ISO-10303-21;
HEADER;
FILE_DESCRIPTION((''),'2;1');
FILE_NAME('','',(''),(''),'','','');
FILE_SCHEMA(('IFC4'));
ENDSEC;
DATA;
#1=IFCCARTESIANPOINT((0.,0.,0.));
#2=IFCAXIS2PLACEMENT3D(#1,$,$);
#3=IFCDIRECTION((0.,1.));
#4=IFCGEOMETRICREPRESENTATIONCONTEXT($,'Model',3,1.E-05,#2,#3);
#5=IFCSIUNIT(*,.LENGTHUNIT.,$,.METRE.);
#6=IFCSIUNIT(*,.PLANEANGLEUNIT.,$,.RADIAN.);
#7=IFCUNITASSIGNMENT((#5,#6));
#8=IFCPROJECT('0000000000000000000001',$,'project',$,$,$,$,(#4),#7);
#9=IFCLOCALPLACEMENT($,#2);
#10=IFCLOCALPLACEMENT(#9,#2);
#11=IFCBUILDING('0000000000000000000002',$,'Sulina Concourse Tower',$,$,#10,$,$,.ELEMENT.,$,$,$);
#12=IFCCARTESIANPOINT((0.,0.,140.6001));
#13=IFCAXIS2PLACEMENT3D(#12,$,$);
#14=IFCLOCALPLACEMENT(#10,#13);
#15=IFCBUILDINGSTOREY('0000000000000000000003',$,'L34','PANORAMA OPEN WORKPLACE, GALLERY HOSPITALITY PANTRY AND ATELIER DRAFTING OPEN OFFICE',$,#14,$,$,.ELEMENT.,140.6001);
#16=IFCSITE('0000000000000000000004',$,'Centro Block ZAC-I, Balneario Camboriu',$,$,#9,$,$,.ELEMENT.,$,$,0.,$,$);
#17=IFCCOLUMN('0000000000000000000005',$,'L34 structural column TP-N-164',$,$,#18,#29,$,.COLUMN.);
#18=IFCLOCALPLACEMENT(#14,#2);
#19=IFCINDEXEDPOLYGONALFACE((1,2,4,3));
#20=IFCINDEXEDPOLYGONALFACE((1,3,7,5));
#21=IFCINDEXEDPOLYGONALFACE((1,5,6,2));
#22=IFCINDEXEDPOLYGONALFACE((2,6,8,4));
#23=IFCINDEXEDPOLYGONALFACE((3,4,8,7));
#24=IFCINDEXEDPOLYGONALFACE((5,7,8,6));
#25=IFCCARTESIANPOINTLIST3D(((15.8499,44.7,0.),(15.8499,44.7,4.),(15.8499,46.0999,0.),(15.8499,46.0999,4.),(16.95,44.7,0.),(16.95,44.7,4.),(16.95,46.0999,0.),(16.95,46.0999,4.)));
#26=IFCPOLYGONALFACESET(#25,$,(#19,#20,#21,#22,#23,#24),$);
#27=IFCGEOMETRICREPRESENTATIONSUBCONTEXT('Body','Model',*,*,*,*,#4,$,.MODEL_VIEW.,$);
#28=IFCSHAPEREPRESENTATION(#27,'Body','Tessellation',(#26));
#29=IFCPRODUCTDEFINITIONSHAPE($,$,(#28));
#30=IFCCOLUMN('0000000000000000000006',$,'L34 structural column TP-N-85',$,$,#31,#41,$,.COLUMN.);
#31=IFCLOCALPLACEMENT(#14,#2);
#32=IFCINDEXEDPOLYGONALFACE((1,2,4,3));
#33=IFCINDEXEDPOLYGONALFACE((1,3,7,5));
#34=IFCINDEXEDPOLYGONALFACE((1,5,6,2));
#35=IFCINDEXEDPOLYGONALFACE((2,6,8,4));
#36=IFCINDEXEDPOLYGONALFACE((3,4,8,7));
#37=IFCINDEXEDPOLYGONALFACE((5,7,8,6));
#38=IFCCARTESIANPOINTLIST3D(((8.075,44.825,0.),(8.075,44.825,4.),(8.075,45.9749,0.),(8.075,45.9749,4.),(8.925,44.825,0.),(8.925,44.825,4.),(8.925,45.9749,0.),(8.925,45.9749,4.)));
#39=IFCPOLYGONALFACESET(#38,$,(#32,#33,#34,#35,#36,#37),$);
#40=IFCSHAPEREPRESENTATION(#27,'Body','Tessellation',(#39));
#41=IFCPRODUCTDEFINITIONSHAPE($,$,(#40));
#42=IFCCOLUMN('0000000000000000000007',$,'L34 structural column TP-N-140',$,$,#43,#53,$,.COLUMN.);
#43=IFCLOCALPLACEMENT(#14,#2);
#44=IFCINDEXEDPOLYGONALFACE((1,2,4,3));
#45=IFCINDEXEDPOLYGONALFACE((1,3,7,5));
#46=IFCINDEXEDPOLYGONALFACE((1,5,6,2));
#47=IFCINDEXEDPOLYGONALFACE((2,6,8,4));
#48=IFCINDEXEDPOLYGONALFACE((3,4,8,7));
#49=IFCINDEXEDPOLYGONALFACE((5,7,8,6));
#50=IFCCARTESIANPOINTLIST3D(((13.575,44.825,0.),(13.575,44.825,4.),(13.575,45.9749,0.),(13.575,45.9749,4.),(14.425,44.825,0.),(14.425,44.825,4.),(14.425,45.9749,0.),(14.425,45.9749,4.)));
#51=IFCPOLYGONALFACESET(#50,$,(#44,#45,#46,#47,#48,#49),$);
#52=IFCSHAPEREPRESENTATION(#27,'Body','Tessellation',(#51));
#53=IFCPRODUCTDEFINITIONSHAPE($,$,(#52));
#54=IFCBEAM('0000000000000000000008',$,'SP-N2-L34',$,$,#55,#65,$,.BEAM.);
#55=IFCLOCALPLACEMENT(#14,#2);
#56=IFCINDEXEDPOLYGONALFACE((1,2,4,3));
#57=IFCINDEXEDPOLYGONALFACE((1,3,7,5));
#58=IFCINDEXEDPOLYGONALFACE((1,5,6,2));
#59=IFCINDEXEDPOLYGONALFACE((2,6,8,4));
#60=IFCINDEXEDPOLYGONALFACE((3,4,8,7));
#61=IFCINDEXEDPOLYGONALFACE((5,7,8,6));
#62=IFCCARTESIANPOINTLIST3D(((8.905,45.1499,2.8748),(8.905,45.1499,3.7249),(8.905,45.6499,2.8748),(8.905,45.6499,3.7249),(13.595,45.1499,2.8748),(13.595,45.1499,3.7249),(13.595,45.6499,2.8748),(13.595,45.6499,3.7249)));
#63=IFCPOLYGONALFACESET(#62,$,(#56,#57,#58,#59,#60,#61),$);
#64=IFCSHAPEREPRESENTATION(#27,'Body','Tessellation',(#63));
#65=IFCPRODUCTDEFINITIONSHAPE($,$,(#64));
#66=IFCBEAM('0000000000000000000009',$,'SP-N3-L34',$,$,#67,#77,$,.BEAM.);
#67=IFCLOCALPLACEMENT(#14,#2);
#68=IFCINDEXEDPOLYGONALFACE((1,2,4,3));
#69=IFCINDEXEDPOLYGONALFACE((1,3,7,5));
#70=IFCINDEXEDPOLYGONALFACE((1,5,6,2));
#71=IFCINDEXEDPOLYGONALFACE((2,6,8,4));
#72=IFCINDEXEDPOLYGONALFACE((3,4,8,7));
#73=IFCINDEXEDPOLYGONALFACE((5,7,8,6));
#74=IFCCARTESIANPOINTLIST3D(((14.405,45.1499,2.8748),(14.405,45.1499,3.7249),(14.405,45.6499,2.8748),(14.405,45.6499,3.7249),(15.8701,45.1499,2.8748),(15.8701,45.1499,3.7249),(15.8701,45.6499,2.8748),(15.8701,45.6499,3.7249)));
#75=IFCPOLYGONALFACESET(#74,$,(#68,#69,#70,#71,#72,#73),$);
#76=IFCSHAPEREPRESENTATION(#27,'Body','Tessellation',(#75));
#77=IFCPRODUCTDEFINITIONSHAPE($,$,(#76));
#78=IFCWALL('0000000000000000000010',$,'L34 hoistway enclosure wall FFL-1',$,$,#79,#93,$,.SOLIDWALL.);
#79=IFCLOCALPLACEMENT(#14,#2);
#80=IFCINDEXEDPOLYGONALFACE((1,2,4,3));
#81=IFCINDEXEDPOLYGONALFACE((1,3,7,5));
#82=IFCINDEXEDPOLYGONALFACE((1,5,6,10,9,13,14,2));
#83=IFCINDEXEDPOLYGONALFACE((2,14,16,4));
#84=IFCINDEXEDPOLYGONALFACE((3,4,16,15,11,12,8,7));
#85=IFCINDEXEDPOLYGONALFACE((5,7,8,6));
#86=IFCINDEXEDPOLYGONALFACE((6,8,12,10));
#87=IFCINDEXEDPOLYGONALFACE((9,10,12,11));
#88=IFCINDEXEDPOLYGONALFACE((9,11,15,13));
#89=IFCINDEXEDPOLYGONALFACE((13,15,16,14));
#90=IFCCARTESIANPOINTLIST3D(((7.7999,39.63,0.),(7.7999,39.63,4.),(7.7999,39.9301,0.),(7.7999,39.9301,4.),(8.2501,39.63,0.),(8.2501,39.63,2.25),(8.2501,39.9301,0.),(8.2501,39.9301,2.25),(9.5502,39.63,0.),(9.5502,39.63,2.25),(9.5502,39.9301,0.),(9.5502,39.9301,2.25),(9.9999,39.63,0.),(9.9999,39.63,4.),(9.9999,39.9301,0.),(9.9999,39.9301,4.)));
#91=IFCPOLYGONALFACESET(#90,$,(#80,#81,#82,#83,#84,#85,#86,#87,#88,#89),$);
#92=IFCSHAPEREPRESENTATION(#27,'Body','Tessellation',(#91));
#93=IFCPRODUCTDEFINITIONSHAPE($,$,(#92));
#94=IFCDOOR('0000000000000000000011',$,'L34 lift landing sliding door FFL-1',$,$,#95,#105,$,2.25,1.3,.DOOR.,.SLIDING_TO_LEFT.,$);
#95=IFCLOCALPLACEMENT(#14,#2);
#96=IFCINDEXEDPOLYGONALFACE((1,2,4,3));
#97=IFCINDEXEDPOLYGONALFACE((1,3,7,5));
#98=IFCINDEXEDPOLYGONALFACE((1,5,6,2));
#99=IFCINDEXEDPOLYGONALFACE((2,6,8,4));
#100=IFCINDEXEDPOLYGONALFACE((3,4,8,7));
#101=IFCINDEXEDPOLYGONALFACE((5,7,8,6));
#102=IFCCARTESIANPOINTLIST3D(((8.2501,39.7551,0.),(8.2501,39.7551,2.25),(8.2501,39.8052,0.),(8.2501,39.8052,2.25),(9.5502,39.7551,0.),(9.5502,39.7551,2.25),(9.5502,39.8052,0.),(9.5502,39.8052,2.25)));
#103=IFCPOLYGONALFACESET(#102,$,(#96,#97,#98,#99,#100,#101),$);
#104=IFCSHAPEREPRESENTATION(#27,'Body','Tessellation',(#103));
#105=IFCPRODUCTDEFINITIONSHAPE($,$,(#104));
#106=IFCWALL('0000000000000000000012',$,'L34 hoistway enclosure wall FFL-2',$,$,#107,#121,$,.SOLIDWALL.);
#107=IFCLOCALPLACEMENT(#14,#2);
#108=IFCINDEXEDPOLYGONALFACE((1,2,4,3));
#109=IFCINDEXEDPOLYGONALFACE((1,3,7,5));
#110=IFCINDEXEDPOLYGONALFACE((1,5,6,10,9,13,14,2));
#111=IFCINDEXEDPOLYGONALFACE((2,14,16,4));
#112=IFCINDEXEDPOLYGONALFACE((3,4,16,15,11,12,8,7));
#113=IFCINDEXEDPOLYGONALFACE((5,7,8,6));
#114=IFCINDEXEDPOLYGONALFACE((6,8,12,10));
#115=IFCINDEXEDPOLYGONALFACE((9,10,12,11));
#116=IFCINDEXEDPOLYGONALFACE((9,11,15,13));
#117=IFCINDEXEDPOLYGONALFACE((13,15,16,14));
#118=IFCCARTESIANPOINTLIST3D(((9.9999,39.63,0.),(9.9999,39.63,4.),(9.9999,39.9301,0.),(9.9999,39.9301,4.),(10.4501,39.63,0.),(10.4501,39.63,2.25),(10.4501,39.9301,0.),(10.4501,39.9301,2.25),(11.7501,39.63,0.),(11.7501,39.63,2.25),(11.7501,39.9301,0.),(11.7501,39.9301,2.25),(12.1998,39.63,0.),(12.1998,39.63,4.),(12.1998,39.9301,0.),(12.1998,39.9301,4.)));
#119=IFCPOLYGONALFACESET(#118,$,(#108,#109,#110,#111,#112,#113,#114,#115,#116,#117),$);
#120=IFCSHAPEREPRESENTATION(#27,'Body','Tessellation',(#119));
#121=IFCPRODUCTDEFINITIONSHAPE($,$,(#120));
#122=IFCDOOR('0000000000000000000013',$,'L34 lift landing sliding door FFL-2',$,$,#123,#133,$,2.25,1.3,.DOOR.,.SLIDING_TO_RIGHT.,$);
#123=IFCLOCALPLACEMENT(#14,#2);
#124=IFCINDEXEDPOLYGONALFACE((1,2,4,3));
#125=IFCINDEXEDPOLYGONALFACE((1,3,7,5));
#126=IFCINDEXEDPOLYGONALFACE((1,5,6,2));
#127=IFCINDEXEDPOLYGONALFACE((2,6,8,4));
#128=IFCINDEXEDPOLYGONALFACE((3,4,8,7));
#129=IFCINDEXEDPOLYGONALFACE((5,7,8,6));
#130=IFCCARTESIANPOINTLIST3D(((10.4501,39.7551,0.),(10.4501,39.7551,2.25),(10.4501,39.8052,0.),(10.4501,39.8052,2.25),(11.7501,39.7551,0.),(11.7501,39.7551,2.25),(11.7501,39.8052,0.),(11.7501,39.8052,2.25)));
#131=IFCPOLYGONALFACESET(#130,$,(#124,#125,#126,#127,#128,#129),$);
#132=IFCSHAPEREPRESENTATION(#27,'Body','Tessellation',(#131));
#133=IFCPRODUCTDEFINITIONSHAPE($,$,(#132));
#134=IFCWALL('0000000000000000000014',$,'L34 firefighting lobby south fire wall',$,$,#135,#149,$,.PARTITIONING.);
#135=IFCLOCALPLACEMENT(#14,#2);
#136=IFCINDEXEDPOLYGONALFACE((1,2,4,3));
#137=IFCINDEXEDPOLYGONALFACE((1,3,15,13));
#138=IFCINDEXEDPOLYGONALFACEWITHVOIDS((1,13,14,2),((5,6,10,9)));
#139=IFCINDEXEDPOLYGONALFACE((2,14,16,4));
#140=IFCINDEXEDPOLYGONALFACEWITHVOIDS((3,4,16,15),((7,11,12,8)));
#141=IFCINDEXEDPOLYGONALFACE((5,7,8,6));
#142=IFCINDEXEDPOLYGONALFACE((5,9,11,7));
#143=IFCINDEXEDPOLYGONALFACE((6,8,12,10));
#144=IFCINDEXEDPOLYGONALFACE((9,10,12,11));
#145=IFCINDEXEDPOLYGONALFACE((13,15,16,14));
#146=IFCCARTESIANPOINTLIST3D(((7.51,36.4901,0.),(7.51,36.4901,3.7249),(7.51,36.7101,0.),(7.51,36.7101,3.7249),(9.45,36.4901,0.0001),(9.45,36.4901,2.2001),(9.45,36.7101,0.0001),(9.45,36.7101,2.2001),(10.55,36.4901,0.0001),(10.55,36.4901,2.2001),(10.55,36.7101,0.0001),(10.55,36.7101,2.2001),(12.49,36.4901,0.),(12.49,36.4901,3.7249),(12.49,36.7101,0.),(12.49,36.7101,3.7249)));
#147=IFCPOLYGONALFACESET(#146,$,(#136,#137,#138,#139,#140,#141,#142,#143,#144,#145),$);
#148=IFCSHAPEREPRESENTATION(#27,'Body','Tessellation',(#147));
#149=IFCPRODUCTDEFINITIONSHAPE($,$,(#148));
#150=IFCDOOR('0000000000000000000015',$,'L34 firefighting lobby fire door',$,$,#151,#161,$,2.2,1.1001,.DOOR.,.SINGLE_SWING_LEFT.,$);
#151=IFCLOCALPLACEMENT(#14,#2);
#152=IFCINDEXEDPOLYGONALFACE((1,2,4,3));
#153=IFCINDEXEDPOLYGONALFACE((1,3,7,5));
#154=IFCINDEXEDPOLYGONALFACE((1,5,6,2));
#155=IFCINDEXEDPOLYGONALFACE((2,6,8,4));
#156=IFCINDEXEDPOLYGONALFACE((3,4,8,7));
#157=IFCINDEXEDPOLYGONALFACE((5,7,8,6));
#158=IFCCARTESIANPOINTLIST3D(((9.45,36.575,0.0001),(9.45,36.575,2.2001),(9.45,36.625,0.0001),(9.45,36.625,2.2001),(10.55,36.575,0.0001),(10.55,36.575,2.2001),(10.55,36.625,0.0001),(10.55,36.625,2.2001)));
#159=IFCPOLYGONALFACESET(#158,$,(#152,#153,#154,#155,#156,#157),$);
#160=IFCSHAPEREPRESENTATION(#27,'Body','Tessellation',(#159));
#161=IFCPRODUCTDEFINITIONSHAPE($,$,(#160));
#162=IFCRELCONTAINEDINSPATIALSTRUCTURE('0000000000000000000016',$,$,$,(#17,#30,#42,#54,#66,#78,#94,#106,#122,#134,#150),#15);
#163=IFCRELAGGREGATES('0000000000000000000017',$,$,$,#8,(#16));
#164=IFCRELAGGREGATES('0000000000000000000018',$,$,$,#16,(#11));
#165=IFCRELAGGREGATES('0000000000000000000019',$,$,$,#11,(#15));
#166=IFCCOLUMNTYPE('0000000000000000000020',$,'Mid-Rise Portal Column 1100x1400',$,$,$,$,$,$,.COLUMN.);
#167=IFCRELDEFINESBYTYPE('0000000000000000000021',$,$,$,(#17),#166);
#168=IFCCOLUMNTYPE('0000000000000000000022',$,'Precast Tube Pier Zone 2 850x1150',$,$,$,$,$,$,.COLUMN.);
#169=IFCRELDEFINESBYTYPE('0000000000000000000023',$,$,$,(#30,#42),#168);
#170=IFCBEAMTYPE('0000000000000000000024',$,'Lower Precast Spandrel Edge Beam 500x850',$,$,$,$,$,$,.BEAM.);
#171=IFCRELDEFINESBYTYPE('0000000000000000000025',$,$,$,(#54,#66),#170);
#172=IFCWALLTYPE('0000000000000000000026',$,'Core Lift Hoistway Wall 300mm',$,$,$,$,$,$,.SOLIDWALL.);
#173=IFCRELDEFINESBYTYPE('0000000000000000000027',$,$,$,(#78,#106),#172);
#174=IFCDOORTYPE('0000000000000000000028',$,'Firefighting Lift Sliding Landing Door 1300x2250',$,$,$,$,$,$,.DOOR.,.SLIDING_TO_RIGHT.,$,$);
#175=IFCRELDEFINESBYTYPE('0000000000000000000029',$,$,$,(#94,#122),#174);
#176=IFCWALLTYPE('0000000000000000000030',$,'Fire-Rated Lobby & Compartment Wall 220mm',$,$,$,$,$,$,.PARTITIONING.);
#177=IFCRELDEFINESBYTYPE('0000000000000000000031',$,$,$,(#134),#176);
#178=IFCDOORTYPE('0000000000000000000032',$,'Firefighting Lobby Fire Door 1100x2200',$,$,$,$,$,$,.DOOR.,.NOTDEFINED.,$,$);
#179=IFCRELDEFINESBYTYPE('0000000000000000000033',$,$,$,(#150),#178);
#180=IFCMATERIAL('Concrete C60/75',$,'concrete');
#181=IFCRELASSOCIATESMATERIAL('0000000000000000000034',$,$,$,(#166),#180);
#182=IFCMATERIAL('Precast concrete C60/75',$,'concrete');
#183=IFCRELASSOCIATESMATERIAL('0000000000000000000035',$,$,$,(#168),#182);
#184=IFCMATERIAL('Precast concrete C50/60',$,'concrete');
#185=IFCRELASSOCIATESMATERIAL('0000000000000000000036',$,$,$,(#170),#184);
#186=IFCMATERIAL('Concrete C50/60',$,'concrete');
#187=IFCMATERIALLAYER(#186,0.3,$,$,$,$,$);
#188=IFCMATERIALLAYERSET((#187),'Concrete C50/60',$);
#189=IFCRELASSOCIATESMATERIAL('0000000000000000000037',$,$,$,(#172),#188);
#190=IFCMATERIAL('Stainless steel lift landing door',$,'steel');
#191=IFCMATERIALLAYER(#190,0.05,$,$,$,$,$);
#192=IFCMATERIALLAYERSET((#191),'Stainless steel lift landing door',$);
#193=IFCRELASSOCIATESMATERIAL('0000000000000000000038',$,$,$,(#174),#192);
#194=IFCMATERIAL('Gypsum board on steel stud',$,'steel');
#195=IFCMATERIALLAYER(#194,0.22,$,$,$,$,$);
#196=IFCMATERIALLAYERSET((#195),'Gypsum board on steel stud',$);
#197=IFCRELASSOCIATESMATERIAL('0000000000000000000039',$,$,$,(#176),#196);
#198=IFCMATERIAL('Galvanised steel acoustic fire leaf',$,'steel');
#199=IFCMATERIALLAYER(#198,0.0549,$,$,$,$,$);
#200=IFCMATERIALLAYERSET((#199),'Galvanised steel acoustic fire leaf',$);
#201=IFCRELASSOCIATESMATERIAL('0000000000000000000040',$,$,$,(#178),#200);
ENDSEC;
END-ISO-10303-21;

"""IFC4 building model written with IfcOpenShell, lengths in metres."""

from ifc_helpers import new_model, si_unit, direction, frame, frame_2d, origin, origin_2d, place, context, subcontext, project, spatial, rectangle, extrude, material, layer, layer_set, material_profile, profile_set, type_object, element, fill, save


model = new_model("IFC4")

# Units and contexts
model_context = context("Model", 3, precision=1e-05, world=origin(), true_north=direction((0.0, 1.0)))
body_context = subcontext(model_context, "Body", "Model", "MODEL_VIEW")
ifc_project = project(units=[si_unit("LENGTHUNIT", "METRE"), si_unit("PLANEANGLEUNIT", "RADIAN")], contexts=[model_context])

# Site, building, storey
site_placement = place(None, origin())
site = spatial("IfcSite", under=ifc_project, at=site_placement, Name="Centro Block ZAC-I, Balneario Camboriu", CompositionType="ELEMENT", RefElevation=0.0)
building_placement = place(site_placement, origin())
building = spatial("IfcBuilding", under=site, at=building_placement, Name="Sulina Concourse Tower", CompositionType="ELEMENT")
storey_placement = place(building_placement, frame((0.0, 0.0, 140.6001)))
storey = spatial("IfcBuildingStorey", under=building, at=storey_placement, Name="L34", Description="PANORAMA OPEN WORKPLACE, GALLERY HOSPITALITY PANTRY AND ATELIER DRAFTING OPEN OFFICE", CompositionType="ELEMENT", Elevation=140.6001)

# Columns
ifc_material_1 = material(Name="Concrete C60/75", Category="concrete")
ifc_material_profile_1 = material_profile(ifc_material_1, rectangle(XDim=1.1001, YDim=1.3999, at=origin_2d()), Name="RC 1100x1400")
ifc_profile_set_1 = profile_set([ifc_material_profile_1], Name="Concrete C60/75")
column_type_1 = type_object("IfcColumnType", Name="Mid-Rise Portal Column 1100x1400", PredefinedType="COLUMN", material=ifc_profile_set_1)
column_placement = place(storey_placement, frame((16.3999, 45.3999, 0.0), z_axis=(0.0, 0.0, 1.0), x_axis=(1.0, 0.0, 0.0)))
element("IfcColumn", 1, at=column_placement, inside=storey, type_object=column_type_1, Name="L34 structural column TP-N-164", PredefinedType="COLUMN", context=body_context, shape_type="SweptSolid", body=[
    extrude(rectangle(XDim=1.1001, YDim=1.3999, at=origin_2d()), origin(), (0.0, 0.0, 1.0), 4.0),
])
ifc_material_2 = material(Name="Precast concrete C60/75", Category="concrete")
ifc_material_profile_2 = material_profile(ifc_material_2, rectangle(XDim=0.8501, YDim=1.1499, at=origin_2d()), Name="PC 850x1150")
ifc_profile_set_2 = profile_set([ifc_material_profile_2], Name="Precast concrete C60/75")
column_type_2 = type_object("IfcColumnType", Name="Precast Tube Pier Zone 2 850x1150", PredefinedType="COLUMN", material=ifc_profile_set_2)
for number, where, z_axis, x_axis, name in (
    (2, (8.5, 45.3999, 0.0), (0.0, 0.0, 1.0), (1.0, 0.0, 0.0), "L34 structural column TP-N-85"),
    (3, (14.0, 45.3999, 0.0), (0.0, 0.0, 1.0), (1.0, 0.0, 0.0), "L34 structural column TP-N-140"),
):
    element("IfcColumn", number, at=place(storey_placement, frame(where, z_axis=z_axis, x_axis=x_axis)), inside=storey, type_object=column_type_2, Name=name, PredefinedType="COLUMN", context=body_context, shape_type="SweptSolid", body=[
        extrude(rectangle(XDim=0.8501, YDim=1.1499, at=origin_2d()), origin(), (0.0, 0.0, 1.0), 4.0),
    ])

# Beams
ifc_material_3 = material(Name="Precast concrete C50/60", Category="concrete")
ifc_material_profile_3 = material_profile(ifc_material_3, rectangle(XDim=0.5, YDim=0.8501, at=origin_2d()), Name="RC 500x850")
ifc_profile_set_3 = profile_set([ifc_material_profile_3], Name="Precast concrete C50/60")
beam_type = type_object("IfcBeamType", Name="Lower Precast Spandrel Edge Beam 500x850", PredefinedType="BEAM", material=ifc_profile_set_3)
beam_1_placement = place(storey_placement, frame((8.905, 45.3999, 3.2998), z_axis=(1.0, 0.0, 0.0), x_axis=(0.0, 1.0, 0.0)))
element("IfcBeam", 4, at=beam_1_placement, inside=storey, type_object=beam_type, Name="SP-N2-L34", PredefinedType="BEAM", context=body_context, shape_type="SweptSolid", body=[
    extrude(rectangle(XDim=0.5, YDim=0.8501, at=origin_2d()), origin(), (0.0, 0.0, 1.0), 4.6899),
])
beam_2_placement = place(storey_placement, frame((14.405, 45.3999, 3.2998), z_axis=(1.0, 0.0, 0.0), x_axis=(0.0, 1.0, 0.0)))
element("IfcBeam", 5, at=beam_2_placement, inside=storey, type_object=beam_type, Name="SP-N3-L34", PredefinedType="BEAM", context=body_context, shape_type="SweptSolid", body=[
    extrude(rectangle(XDim=0.5, YDim=0.8501, at=origin_2d()), origin(), (0.0, 0.0, 1.0), 1.4651),
])

# Walls, openings, doors
ifc_material_4 = material(Name="Concrete C50/60", Category="concrete")
ifc_layer_1 = layer(ifc_material_4, 0.3)
ifc_layer_set_1 = layer_set([ifc_layer_1], Name="Concrete C50/60")
wall_type_1 = type_object("IfcWallType", Name="Core Lift Hoistway Wall 300mm", PredefinedType="SOLIDWALL", material=ifc_layer_set_1)
wall_1_placement = place(storey_placement, frame((10.0, 39.78, 0.0), z_axis=(0.0, 0.0, 1.0), x_axis=(-1.0, 0.0, 0.0)))
wall_1 = element("IfcWall", 6, at=wall_1_placement, inside=storey, type_object=wall_type_1, Name="L34 hoistway enclosure wall FFL-1", PredefinedType="SOLIDWALL", context=body_context, shape_type="SweptSolid", body=[
    extrude(rectangle(XDim=2.2, YDim=0.3, at=frame_2d((1.1001, 0.0))), origin(), (0.0, 0.0, 1.0), 4.0),
])
opening_1_placement = place(wall_1_placement, frame((0.45, 0.0, 0.0)))
opening_1 = element("IfcOpeningElement", 7, at=opening_1_placement, cuts=wall_1, PredefinedType="OPENING", context=body_context, shape_type="SweptSolid", body=[
    extrude(rectangle(XDim=1.3, YDim=2.25, at=frame_2d((0.6499, 1.125))), frame((0.0, 0.1599, 0.0), z_axis=(0.0, -1.0, 0.0), x_axis=(1.0, 0.0, 0.0)), (0.0, 0.0, 1.0), 0.3201),
])
ifc_material_5 = material(Name="Stainless steel lift landing door", Category="steel")
ifc_layer_2 = layer(ifc_material_5, 0.05)
ifc_layer_set_2 = layer_set([ifc_layer_2], Name="Stainless steel lift landing door")
door_type_1 = type_object("IfcDoorType", Name="Firefighting Lift Sliding Landing Door 1300x2250", OperationType="SLIDING_TO_RIGHT", PredefinedType="DOOR", material=ifc_layer_set_2)
door_1_placement = place(opening_1_placement, origin())
door_1 = element("IfcDoor", 8, at=door_1_placement, inside=storey, type_object=door_type_1, Name="L34 lift landing sliding door FFL-1", OperationType="SLIDING_TO_LEFT", OverallHeight=2.25, OverallWidth=1.3, PredefinedType="DOOR", context=body_context, shape_type="SweptSolid", body=[
    extrude(rectangle(XDim=1.3, YDim=2.25, at=frame_2d((0.6499, 1.125))), frame((0.0, 0.0249, 0.0), z_axis=(0.0, -1.0, 0.0), x_axis=(1.0, 0.0, 0.0)), (0.0, 0.0, 1.0), 0.05),
])
fill(opening_1, door_1)
wall_2_placement = place(storey_placement, frame((12.2, 39.78, 0.0), z_axis=(0.0, 0.0, 1.0), x_axis=(-1.0, 0.0, 0.0)))
wall_2 = element("IfcWall", 9, at=wall_2_placement, inside=storey, type_object=wall_type_1, Name="L34 hoistway enclosure wall FFL-2", PredefinedType="SOLIDWALL", context=body_context, shape_type="SweptSolid", body=[
    extrude(rectangle(XDim=2.2, YDim=0.3, at=frame_2d((1.1001, 0.0))), origin(), (0.0, 0.0, 1.0), 4.0),
])
opening_2_placement = place(wall_2_placement, frame((0.45, 0.0, 0.0)))
opening_2 = element("IfcOpeningElement", 10, at=opening_2_placement, cuts=wall_2, PredefinedType="OPENING", context=body_context, shape_type="SweptSolid", body=[
    extrude(rectangle(XDim=1.3, YDim=2.25, at=frame_2d((0.6499, 1.125))), frame((0.0, 0.1599, 0.0), z_axis=(0.0, -1.0, 0.0), x_axis=(1.0, 0.0, 0.0)), (0.0, 0.0, 1.0), 0.3201),
])
door_2_placement = place(opening_2_placement, origin())
door_2 = element("IfcDoor", 11, at=door_2_placement, inside=storey, type_object=door_type_1, Name="L34 lift landing sliding door FFL-2", OperationType="SLIDING_TO_RIGHT", OverallHeight=2.25, OverallWidth=1.3, PredefinedType="DOOR", context=body_context, shape_type="SweptSolid", body=[
    extrude(rectangle(XDim=1.3, YDim=2.25, at=frame_2d((0.6499, 1.125))), frame((0.0, 0.0249, 0.0), z_axis=(0.0, -1.0, 0.0), x_axis=(1.0, 0.0, 0.0)), (0.0, 0.0, 1.0), 0.05),
])
fill(opening_2, door_2)
ifc_material_6 = material(Name="Gypsum board on steel stud", Category="steel")
ifc_layer_3 = layer(ifc_material_6, 0.22)
ifc_layer_set_3 = layer_set([ifc_layer_3], Name="Gypsum board on steel stud")
wall_type_2 = type_object("IfcWallType", Name="Fire-Rated Lobby & Compartment Wall 220mm", PredefinedType="PARTITIONING", material=ifc_layer_set_3)
wall_3_placement = place(storey_placement, frame((7.51, 36.6001, 0.0), z_axis=(0.0, 0.0, 1.0), x_axis=(1.0, 0.0, 0.0)))
wall_3 = element("IfcWall", 12, at=wall_3_placement, inside=storey, type_object=wall_type_2, Name="L34 firefighting lobby south fire wall", PredefinedType="PARTITIONING", context=body_context, shape_type="SweptSolid", body=[
    extrude(rectangle(XDim=4.98, YDim=0.22, at=frame_2d((2.49, 0.0))), origin(), (0.0, 0.0, 1.0), 3.7249),
])
opening_3_placement = place(wall_3_placement, frame((1.9399, 0.0, 0.0)))
opening_3 = element("IfcOpeningElement", 13, at=opening_3_placement, cuts=wall_3, PredefinedType="OPENING", context=body_context, shape_type="SweptSolid", body=[
    extrude(rectangle(XDim=1.1001, YDim=2.2, at=frame_2d((0.55, 1.1001))), frame((0.0, 0.1199, 0.0), z_axis=(0.0, -1.0, 0.0), x_axis=(1.0, 0.0, 0.0)), (0.0, 0.0, 1.0), 0.24),
])
ifc_material_7 = material(Name="Galvanised steel acoustic fire leaf", Category="steel")
ifc_layer_4 = layer(ifc_material_7, 0.0549)
ifc_layer_set_4 = layer_set([ifc_layer_4], Name="Galvanised steel acoustic fire leaf")
door_type_2 = type_object("IfcDoorType", Name="Firefighting Lobby Fire Door 1100x2200", OperationType="NOTDEFINED", PredefinedType="DOOR", material=ifc_layer_set_4)
door_3_placement = place(opening_3_placement, origin())
door_3 = element("IfcDoor", 14, at=door_3_placement, inside=storey, type_object=door_type_2, Name="L34 firefighting lobby fire door", OperationType="SINGLE_SWING_LEFT", OverallHeight=2.2, OverallWidth=1.1001, PredefinedType="DOOR", context=body_context, shape_type="SweptSolid", body=[
    extrude(rectangle(XDim=1.1001, YDim=2.2, at=frame_2d((0.55, 1.1001))), frame((0.0, 0.0249, 0.0), z_axis=(0.0, -1.0, 0.0), x_axis=(1.0, 0.0, 0.0)), (0.0, 0.0, 1.0), 0.05),
])
fill(opening_3, door_3)

save(model, "model.ifc")
